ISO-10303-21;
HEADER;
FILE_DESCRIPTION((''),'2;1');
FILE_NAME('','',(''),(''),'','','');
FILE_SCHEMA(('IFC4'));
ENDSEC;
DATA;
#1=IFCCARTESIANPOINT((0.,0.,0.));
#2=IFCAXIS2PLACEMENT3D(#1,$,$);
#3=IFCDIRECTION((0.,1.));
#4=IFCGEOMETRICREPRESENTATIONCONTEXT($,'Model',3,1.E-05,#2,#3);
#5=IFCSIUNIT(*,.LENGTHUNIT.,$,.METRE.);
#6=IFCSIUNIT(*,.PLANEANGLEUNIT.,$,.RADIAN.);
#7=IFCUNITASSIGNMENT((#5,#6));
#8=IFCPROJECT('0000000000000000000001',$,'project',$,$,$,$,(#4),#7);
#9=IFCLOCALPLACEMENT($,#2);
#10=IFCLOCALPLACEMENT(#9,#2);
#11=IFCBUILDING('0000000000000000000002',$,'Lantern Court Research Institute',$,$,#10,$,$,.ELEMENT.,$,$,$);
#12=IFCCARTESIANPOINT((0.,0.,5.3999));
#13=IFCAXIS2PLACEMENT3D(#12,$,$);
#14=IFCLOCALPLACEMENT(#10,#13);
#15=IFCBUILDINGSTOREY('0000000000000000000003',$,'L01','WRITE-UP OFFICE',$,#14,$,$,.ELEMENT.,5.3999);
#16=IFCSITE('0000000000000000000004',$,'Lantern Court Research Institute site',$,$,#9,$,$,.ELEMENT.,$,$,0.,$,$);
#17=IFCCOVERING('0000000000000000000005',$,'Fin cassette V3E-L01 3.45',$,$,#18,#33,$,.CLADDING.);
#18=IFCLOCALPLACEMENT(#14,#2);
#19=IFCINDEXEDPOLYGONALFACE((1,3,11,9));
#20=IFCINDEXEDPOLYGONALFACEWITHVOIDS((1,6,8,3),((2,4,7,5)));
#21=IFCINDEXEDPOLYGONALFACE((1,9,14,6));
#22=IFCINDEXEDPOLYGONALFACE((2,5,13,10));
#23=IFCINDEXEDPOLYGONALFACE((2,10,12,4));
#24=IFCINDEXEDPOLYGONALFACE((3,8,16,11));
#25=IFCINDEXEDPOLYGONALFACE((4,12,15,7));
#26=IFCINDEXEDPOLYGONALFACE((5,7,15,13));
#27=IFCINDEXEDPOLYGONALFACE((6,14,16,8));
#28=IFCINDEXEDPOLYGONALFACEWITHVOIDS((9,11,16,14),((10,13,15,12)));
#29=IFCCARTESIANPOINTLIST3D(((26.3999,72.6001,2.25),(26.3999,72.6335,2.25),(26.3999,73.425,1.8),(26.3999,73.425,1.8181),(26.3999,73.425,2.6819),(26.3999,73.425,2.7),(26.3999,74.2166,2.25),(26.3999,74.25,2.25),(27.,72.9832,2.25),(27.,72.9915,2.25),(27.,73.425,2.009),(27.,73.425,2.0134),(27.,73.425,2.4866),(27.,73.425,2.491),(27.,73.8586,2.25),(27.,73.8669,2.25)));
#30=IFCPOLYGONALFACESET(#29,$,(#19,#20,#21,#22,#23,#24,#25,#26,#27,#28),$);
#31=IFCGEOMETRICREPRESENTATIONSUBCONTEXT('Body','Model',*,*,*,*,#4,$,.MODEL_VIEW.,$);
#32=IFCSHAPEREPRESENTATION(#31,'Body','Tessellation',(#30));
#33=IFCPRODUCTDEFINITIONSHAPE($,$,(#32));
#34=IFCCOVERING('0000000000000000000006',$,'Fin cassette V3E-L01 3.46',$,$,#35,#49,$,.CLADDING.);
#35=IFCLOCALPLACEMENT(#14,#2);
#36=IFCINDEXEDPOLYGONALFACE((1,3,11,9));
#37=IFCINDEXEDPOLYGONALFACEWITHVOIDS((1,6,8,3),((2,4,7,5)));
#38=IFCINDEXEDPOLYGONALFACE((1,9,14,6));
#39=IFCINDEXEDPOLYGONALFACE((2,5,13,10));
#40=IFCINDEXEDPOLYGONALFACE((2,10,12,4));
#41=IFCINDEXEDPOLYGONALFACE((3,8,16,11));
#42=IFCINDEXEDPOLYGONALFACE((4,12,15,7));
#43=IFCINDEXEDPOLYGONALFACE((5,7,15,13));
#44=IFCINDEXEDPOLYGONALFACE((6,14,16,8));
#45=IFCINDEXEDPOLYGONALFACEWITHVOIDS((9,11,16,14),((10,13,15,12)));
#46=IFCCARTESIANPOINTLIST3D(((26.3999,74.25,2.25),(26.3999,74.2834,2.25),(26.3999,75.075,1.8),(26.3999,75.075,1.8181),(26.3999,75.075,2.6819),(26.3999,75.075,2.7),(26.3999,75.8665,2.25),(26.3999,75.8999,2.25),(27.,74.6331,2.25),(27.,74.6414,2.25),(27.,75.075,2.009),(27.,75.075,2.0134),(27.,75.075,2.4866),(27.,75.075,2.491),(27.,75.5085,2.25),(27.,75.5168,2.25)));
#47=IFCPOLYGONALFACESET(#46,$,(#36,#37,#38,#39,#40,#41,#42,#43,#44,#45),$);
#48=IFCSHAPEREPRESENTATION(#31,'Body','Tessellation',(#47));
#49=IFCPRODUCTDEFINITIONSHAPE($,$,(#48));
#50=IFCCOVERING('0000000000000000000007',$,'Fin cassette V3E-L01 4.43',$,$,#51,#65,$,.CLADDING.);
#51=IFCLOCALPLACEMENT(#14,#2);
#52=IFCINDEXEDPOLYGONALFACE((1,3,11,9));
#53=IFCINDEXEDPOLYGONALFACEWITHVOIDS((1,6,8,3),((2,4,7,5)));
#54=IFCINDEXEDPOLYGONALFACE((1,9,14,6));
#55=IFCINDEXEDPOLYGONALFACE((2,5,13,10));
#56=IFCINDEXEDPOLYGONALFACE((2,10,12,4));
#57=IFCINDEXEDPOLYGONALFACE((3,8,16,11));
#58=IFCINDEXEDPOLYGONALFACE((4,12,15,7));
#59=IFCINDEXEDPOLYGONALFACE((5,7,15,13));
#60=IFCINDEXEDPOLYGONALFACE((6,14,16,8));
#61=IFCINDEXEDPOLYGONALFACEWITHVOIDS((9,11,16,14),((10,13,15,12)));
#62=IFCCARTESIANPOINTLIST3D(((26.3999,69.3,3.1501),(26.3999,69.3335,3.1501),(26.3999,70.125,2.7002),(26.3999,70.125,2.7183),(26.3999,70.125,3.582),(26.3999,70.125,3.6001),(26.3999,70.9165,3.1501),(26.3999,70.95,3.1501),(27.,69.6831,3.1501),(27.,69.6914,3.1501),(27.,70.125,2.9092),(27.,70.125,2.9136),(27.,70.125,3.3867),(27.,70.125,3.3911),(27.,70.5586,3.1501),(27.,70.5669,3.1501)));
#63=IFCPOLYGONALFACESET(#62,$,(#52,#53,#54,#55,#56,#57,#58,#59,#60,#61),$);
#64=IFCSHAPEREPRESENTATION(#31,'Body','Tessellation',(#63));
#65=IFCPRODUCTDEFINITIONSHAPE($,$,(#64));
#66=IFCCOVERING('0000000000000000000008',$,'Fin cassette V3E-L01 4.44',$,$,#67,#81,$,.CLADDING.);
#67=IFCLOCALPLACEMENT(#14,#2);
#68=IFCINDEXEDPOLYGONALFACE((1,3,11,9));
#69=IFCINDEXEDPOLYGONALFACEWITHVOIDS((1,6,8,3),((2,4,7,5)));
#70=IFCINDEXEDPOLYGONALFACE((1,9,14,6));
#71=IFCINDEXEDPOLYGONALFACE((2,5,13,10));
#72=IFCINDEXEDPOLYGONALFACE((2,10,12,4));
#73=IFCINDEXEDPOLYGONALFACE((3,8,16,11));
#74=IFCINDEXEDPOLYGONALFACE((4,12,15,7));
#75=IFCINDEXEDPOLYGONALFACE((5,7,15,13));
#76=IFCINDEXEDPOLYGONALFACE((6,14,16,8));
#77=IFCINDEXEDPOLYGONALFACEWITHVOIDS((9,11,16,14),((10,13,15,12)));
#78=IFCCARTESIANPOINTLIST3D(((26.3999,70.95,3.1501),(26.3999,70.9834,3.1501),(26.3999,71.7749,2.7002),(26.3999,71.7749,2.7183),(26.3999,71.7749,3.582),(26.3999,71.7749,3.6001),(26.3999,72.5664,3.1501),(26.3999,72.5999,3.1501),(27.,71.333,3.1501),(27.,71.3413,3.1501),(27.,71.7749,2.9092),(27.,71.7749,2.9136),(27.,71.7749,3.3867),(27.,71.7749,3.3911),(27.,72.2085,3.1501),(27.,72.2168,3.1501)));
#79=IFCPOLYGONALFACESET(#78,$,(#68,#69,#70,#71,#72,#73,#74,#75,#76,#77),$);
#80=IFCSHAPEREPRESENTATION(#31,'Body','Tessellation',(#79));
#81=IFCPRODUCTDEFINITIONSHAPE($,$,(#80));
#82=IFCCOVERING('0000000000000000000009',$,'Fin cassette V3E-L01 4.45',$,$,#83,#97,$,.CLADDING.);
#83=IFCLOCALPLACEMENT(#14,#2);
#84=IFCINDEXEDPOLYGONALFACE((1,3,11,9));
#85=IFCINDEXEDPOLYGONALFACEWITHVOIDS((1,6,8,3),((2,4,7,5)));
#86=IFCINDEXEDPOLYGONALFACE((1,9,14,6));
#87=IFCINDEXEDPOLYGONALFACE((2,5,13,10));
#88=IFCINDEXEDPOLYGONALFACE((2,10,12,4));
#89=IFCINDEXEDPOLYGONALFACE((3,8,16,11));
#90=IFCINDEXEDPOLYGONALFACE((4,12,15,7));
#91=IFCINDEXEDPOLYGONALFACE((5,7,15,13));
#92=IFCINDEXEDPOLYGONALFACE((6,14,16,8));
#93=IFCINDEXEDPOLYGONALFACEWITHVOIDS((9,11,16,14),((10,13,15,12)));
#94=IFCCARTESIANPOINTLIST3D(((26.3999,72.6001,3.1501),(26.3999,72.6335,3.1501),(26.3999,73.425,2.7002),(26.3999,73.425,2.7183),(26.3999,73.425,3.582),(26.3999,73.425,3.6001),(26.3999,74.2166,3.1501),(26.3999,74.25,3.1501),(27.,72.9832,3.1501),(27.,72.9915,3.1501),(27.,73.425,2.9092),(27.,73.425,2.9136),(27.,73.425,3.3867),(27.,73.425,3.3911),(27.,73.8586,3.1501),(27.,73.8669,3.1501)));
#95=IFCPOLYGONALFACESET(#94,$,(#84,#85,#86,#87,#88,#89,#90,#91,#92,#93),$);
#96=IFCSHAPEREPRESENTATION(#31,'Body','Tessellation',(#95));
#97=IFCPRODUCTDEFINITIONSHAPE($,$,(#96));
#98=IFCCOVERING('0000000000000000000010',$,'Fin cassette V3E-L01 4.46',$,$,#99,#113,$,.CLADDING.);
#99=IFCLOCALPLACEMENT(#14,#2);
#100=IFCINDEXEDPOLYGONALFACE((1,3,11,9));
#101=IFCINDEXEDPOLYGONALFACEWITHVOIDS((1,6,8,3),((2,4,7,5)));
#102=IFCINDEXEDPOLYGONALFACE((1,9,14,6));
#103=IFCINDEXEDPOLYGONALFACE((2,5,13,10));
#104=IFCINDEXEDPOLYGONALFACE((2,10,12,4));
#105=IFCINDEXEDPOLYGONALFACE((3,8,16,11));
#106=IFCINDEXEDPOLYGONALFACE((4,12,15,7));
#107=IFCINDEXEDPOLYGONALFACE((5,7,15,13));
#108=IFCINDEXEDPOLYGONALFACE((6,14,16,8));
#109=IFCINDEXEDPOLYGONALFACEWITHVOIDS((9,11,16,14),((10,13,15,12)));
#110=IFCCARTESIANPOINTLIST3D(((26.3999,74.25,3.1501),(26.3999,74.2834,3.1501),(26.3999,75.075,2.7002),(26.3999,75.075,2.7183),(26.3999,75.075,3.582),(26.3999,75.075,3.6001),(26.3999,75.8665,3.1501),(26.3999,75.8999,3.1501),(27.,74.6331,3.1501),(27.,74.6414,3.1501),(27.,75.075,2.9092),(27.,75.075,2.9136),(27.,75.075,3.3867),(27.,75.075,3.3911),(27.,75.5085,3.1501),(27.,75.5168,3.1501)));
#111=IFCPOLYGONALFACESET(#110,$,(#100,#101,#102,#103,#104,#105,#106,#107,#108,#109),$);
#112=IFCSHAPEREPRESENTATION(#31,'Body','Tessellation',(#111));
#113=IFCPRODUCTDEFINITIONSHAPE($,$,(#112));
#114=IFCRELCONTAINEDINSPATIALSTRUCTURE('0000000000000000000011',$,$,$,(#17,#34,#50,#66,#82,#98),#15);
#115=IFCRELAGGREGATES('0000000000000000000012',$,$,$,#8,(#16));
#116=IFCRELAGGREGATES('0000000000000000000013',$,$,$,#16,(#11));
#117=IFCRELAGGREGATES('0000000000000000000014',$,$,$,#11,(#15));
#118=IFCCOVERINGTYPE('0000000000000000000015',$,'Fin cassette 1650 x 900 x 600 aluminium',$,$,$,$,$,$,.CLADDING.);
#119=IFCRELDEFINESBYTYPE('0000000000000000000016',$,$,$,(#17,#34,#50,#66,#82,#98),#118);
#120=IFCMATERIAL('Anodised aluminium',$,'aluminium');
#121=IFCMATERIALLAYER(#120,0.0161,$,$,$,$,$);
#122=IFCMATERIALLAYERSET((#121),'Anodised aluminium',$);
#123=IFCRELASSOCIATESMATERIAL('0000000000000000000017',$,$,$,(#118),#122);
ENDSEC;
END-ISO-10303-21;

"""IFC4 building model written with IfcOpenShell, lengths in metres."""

from ifc_helpers import new_model, entity, si_unit, direction, frame, origin, place, context, subcontext, project, spatial, material, layer, layer_set, type_object, element, save


model = new_model("IFC4")

# Units and contexts
model_context = context("Model", 3, precision=1e-05, world=origin(), true_north=direction((0.0, 1.0)))
body_context = subcontext(model_context, "Body", "Model", "MODEL_VIEW")
ifc_project = project(units=[si_unit("LENGTHUNIT", "METRE"), si_unit("PLANEANGLEUNIT", "RADIAN")], contexts=[model_context])

# Site, building, storey
site_placement = place(None, origin())
site = spatial("IfcSite", under=ifc_project, at=site_placement, Name="Lantern Court Research Institute site", CompositionType="ELEMENT", RefElevation=0.0)
building_placement = place(site_placement, origin())
building = spatial("IfcBuilding", under=site, at=building_placement, Name="Lantern Court Research Institute", CompositionType="ELEMENT")
storey_placement = place(building_placement, frame((0.0, 0.0, 5.3999)))
storey = spatial("IfcBuildingStorey", under=building, at=storey_placement, Name="L01", Description="WRITE-UP OFFICE", CompositionType="ELEMENT", Elevation=5.3999)

# Coverings
ifc_material_1 = material(Name="Anodised aluminium", Category="aluminium")
ifc_layer_1 = layer(ifc_material_1, 0.0161)
ifc_layer_set_1 = layer_set([ifc_layer_1], Name="Anodised aluminium")
covering_type_1 = type_object("IfcCoveringType", Name="Fin cassette 1650 x 900 x 600 aluminium", PredefinedType="CLADDING", material=ifc_layer_set_1)
covering_1_placement = place(storey_placement, frame((26.3999, 73.425, 2.25), z_axis=(1.0, 0.0, 0.0), x_axis=(0.0, 1.0, 0.0)))
cartesian_point_1 = entity("IfcCartesianPoint", [0.825, 0.0])
cartesian_point_2 = entity("IfcCartesianPoint", [0.7915, 0.0])
cartesian_point_3 = entity("IfcCartesianPoint", [0.4419, 0.0])
cartesian_point_4 = entity("IfcCartesianPoint", [0.4336, 0.0])
element("IfcCovering", 1, at=covering_1_placement, inside=storey, type_object=covering_type_1, Name="Fin cassette V3E-L01 3.45", PredefinedType="CLADDING", context=body_context, shape_type="SweptSolid", body=[
    entity("IfcExtrudedAreaSolidTapered", entity("IfcArbitraryProfileDefWithVoids", "AREA", None, entity("IfcPolyline", [cartesian_point_1, entity("IfcCartesianPoint", [0.0, 0.45]), entity("IfcCartesianPoint", [-0.825, 0.0]), entity("IfcCartesianPoint", [0.0, -0.45]), cartesian_point_1]), [entity("IfcPolyline", [cartesian_point_2, entity("IfcCartesianPoint", [0.0, 0.4319]), entity("IfcCartesianPoint", [-0.7915, 0.0]), entity("IfcCartesianPoint", [0.0, -0.4319]), cartesian_point_2])]), entity("IfcAxis2Placement3D", entity("IfcCartesianPoint", [0.0, 0.0, 0.0])), entity("IfcDirection", [0.0, 0.0, 1.0]), 0.6001, entity("IfcArbitraryProfileDefWithVoids", "AREA", None, entity("IfcPolyline", [cartesian_point_3, entity("IfcCartesianPoint", [0.0, 0.241]), entity("IfcCartesianPoint", [-0.4419, 0.0]), entity("IfcCartesianPoint", [0.0, -0.241]), cartesian_point_3]), [entity("IfcPolyline", [cartesian_point_4, entity("IfcCartesianPoint", [0.0, 0.2366]), entity("IfcCartesianPoint", [-0.4336, 0.0]), entity("IfcCartesianPoint", [0.0, -0.2366]), cartesian_point_4])])),
])
covering_2_placement = place(storey_placement, frame((26.3999, 75.075, 2.25), z_axis=(1.0, 0.0, 0.0), x_axis=(0.0, 1.0, 0.0)))
cartesian_point_5 = entity("IfcCartesianPoint", [0.825, 0.0])
cartesian_point_6 = entity("IfcCartesianPoint", [0.7915, 0.0])
cartesian_point_7 = entity("IfcCartesianPoint", [0.4419, 0.0])
cartesian_point_8 = entity("IfcCartesianPoint", [0.4336, 0.0])
element("IfcCovering", 2, at=covering_2_placement, inside=storey, type_object=covering_type_1, Name="Fin cassette V3E-L01 3.46", PredefinedType="CLADDING", context=body_context, shape_type="SweptSolid", body=[
    entity("IfcExtrudedAreaSolidTapered", entity("IfcArbitraryProfileDefWithVoids", "AREA", None, entity("IfcPolyline", [cartesian_point_5, entity("IfcCartesianPoint", [0.0, 0.45]), entity("IfcCartesianPoint", [-0.825, 0.0]), entity("IfcCartesianPoint", [0.0, -0.45]), cartesian_point_5]), [entity("IfcPolyline", [cartesian_point_6, entity("IfcCartesianPoint", [0.0, 0.4319]), entity("IfcCartesianPoint", [-0.7915, 0.0]), entity("IfcCartesianPoint", [0.0, -0.4319]), cartesian_point_6])]), entity("IfcAxis2Placement3D", entity("IfcCartesianPoint", [0.0, 0.0, 0.0])), entity("IfcDirection", [0.0, 0.0, 1.0]), 0.6001, entity("IfcArbitraryProfileDefWithVoids", "AREA", None, entity("IfcPolyline", [cartesian_point_7, entity("IfcCartesianPoint", [0.0, 0.241]), entity("IfcCartesianPoint", [-0.4419, 0.0]), entity("IfcCartesianPoint", [0.0, -0.241]), cartesian_point_7]), [entity("IfcPolyline", [cartesian_point_8, entity("IfcCartesianPoint", [0.0, 0.2366]), entity("IfcCartesianPoint", [-0.4336, 0.0]), entity("IfcCartesianPoint", [0.0, -0.2366]), cartesian_point_8])])),
])
covering_3_placement = place(storey_placement, frame((26.3999, 70.125, 3.1501), z_axis=(1.0, 0.0, 0.0), x_axis=(0.0, 1.0, 0.0)))
cartesian_point_9 = entity("IfcCartesianPoint", [0.825, 0.0])
cartesian_point_10 = entity("IfcCartesianPoint", [0.7915, 0.0])
cartesian_point_11 = entity("IfcCartesianPoint", [0.4419, 0.0])
cartesian_point_12 = entity("IfcCartesianPoint", [0.4336, 0.0])
element("IfcCovering", 3, at=covering_3_placement, inside=storey, type_object=covering_type_1, Name="Fin cassette V3E-L01 4.43", PredefinedType="CLADDING", context=body_context, shape_type="SweptSolid", body=[
    entity("IfcExtrudedAreaSolidTapered", entity("IfcArbitraryProfileDefWithVoids", "AREA", None, entity("IfcPolyline", [cartesian_point_9, entity("IfcCartesianPoint", [0.0, 0.45]), entity("IfcCartesianPoint", [-0.825, 0.0]), entity("IfcCartesianPoint", [0.0, -0.45]), cartesian_point_9]), [entity("IfcPolyline", [cartesian_point_10, entity("IfcCartesianPoint", [0.0, 0.4319]), entity("IfcCartesianPoint", [-0.7915, 0.0]), entity("IfcCartesianPoint", [0.0, -0.4319]), cartesian_point_10])]), entity("IfcAxis2Placement3D", entity("IfcCartesianPoint", [0.0, 0.0, 0.0])), entity("IfcDirection", [0.0, 0.0, 1.0]), 0.6001, entity("IfcArbitraryProfileDefWithVoids", "AREA", None, entity("IfcPolyline", [cartesian_point_11, entity("IfcCartesianPoint", [0.0, 0.241]), entity("IfcCartesianPoint", [-0.4419, 0.0]), entity("IfcCartesianPoint", [0.0, -0.241]), cartesian_point_11]), [entity("IfcPolyline", [cartesian_point_12, entity("IfcCartesianPoint", [0.0, 0.2366]), entity("IfcCartesianPoint", [-0.4336, 0.0]), entity("IfcCartesianPoint", [0.0, -0.2366]), cartesian_point_12])])),
])
covering_4_placement = place(storey_placement, frame((26.3999, 71.7749, 3.1501), z_axis=(1.0, 0.0, 0.0), x_axis=(0.0, 1.0, 0.0)))
cartesian_point_13 = entity("IfcCartesianPoint", [0.825, 0.0])
cartesian_point_14 = entity("IfcCartesianPoint", [0.7915, 0.0])
cartesian_point_15 = entity("IfcCartesianPoint", [0.4419, 0.0])
cartesian_point_16 = entity("IfcCartesianPoint", [0.4336, 0.0])
element("IfcCovering", 4, at=covering_4_placement, inside=storey, type_object=covering_type_1, Name="Fin cassette V3E-L01 4.44", PredefinedType="CLADDING", context=body_context, shape_type="SweptSolid", body=[
    entity("IfcExtrudedAreaSolidTapered", entity("IfcArbitraryProfileDefWithVoids", "AREA", None, entity("IfcPolyline", [cartesian_point_13, entity("IfcCartesianPoint", [0.0, 0.45]), entity("IfcCartesianPoint", [-0.825, 0.0]), entity("IfcCartesianPoint", [0.0, -0.45]), cartesian_point_13]), [entity("IfcPolyline", [cartesian_point_14, entity("IfcCartesianPoint", [0.0, 0.4319]), entity("IfcCartesianPoint", [-0.7915, 0.0]), entity("IfcCartesianPoint", [0.0, -0.4319]), cartesian_point_14])]), entity("IfcAxis2Placement3D", entity("IfcCartesianPoint", [0.0, 0.0, 0.0])), entity("IfcDirection", [0.0, 0.0, 1.0]), 0.6001, entity("IfcArbitraryProfileDefWithVoids", "AREA", None, entity("IfcPolyline", [cartesian_point_15, entity("IfcCartesianPoint", [0.0, 0.241]), entity("IfcCartesianPoint", [-0.4419, 0.0]), entity("IfcCartesianPoint", [0.0, -0.241]), cartesian_point_15]), [entity("IfcPolyline", [cartesian_point_16, entity("IfcCartesianPoint", [0.0, 0.2366]), entity("IfcCartesianPoint", [-0.4336, 0.0]), entity("IfcCartesianPoint", [0.0, -0.2366]), cartesian_point_16])])),
])
covering_5_placement = place(storey_placement, frame((26.3999, 73.425, 3.1501), z_axis=(1.0, 0.0, 0.0), x_axis=(0.0, 1.0, 0.0)))
cartesian_point_17 = entity("IfcCartesianPoint", [0.825, 0.0])
cartesian_point_18 = entity("IfcCartesianPoint", [0.7915, 0.0])
cartesian_point_19 = entity("IfcCartesianPoint", [0.4419, 0.0])
cartesian_point_20 = entity("IfcCartesianPoint", [0.4336, 0.0])
element("IfcCovering", 5, at=covering_5_placement, inside=storey, type_object=covering_type_1, Name="Fin cassette V3E-L01 4.45", PredefinedType="CLADDING", context=body_context, shape_type="SweptSolid", body=[
    entity("IfcExtrudedAreaSolidTapered", entity("IfcArbitraryProfileDefWithVoids", "AREA", None, entity("IfcPolyline", [cartesian_point_17, entity("IfcCartesianPoint", [0.0, 0.45]), entity("IfcCartesianPoint", [-0.825, 0.0]), entity("IfcCartesianPoint", [0.0, -0.45]), cartesian_point_17]), [entity("IfcPolyline", [cartesian_point_18, entity("IfcCartesianPoint", [0.0, 0.4319]), entity("IfcCartesianPoint", [-0.7915, 0.0]), entity("IfcCartesianPoint", [0.0, -0.4319]), cartesian_point_18])]), entity("IfcAxis2Placement3D", entity("IfcCartesianPoint", [0.0, 0.0, 0.0])), entity("IfcDirection", [0.0, 0.0, 1.0]), 0.6001, entity("IfcArbitraryProfileDefWithVoids", "AREA", None, entity("IfcPolyline", [cartesian_point_19, entity("IfcCartesianPoint", [0.0, 0.241]), entity("IfcCartesianPoint", [-0.4419, 0.0]), entity("IfcCartesianPoint", [0.0, -0.241]), cartesian_point_19]), [entity("IfcPolyline", [cartesian_point_20, entity("IfcCartesianPoint", [0.0, 0.2366]), entity("IfcCartesianPoint", [-0.4336, 0.0]), entity("IfcCartesianPoint", [0.0, -0.2366]), cartesian_point_20])])),
])
covering_6_placement = place(storey_placement, frame((26.3999, 75.075, 3.1501), z_axis=(1.0, 0.0, 0.0), x_axis=(0.0, 1.0, 0.0)))
cartesian_point_21 = entity("IfcCartesianPoint", [0.825, 0.0])
cartesian_point_22 = entity("IfcCartesianPoint", [0.7915, 0.0])
cartesian_point_23 = entity("IfcCartesianPoint", [0.4419, 0.0])
cartesian_point_24 = entity("IfcCartesianPoint", [0.4336, 0.0])
element("IfcCovering", 6, at=covering_6_placement, inside=storey, type_object=covering_type_1, Name="Fin cassette V3E-L01 4.46", PredefinedType="CLADDING", context=body_context, shape_type="SweptSolid", body=[
    entity("IfcExtrudedAreaSolidTapered", entity("IfcArbitraryProfileDefWithVoids", "AREA", None, entity("IfcPolyline", [cartesian_point_21, entity("IfcCartesianPoint", [0.0, 0.45]), entity("IfcCartesianPoint", [-0.825, 0.0]), entity("IfcCartesianPoint", [0.0, -0.45]), cartesian_point_21]), [entity("IfcPolyline", [cartesian_point_22, entity("IfcCartesianPoint", [0.0, 0.4319]), entity("IfcCartesianPoint", [-0.7915, 0.0]), entity("IfcCartesianPoint", [0.0, -0.4319]), cartesian_point_22])]), entity("IfcAxis2Placement3D", entity("IfcCartesianPoint", [0.0, 0.0, 0.0])), entity("IfcDirection", [0.0, 0.0, 1.0]), 0.6001, entity("IfcArbitraryProfileDefWithVoids", "AREA", None, entity("IfcPolyline", [cartesian_point_23, entity("IfcCartesianPoint", [0.0, 0.241]), entity("IfcCartesianPoint", [-0.4419, 0.0]), entity("IfcCartesianPoint", [0.0, -0.241]), cartesian_point_23]), [entity("IfcPolyline", [cartesian_point_24, entity("IfcCartesianPoint", [0.0, 0.2366]), entity("IfcCartesianPoint", [-0.4336, 0.0]), entity("IfcCartesianPoint", [0.0, -0.2366]), cartesian_point_24])])),
])

save(model, "model.ifc")
